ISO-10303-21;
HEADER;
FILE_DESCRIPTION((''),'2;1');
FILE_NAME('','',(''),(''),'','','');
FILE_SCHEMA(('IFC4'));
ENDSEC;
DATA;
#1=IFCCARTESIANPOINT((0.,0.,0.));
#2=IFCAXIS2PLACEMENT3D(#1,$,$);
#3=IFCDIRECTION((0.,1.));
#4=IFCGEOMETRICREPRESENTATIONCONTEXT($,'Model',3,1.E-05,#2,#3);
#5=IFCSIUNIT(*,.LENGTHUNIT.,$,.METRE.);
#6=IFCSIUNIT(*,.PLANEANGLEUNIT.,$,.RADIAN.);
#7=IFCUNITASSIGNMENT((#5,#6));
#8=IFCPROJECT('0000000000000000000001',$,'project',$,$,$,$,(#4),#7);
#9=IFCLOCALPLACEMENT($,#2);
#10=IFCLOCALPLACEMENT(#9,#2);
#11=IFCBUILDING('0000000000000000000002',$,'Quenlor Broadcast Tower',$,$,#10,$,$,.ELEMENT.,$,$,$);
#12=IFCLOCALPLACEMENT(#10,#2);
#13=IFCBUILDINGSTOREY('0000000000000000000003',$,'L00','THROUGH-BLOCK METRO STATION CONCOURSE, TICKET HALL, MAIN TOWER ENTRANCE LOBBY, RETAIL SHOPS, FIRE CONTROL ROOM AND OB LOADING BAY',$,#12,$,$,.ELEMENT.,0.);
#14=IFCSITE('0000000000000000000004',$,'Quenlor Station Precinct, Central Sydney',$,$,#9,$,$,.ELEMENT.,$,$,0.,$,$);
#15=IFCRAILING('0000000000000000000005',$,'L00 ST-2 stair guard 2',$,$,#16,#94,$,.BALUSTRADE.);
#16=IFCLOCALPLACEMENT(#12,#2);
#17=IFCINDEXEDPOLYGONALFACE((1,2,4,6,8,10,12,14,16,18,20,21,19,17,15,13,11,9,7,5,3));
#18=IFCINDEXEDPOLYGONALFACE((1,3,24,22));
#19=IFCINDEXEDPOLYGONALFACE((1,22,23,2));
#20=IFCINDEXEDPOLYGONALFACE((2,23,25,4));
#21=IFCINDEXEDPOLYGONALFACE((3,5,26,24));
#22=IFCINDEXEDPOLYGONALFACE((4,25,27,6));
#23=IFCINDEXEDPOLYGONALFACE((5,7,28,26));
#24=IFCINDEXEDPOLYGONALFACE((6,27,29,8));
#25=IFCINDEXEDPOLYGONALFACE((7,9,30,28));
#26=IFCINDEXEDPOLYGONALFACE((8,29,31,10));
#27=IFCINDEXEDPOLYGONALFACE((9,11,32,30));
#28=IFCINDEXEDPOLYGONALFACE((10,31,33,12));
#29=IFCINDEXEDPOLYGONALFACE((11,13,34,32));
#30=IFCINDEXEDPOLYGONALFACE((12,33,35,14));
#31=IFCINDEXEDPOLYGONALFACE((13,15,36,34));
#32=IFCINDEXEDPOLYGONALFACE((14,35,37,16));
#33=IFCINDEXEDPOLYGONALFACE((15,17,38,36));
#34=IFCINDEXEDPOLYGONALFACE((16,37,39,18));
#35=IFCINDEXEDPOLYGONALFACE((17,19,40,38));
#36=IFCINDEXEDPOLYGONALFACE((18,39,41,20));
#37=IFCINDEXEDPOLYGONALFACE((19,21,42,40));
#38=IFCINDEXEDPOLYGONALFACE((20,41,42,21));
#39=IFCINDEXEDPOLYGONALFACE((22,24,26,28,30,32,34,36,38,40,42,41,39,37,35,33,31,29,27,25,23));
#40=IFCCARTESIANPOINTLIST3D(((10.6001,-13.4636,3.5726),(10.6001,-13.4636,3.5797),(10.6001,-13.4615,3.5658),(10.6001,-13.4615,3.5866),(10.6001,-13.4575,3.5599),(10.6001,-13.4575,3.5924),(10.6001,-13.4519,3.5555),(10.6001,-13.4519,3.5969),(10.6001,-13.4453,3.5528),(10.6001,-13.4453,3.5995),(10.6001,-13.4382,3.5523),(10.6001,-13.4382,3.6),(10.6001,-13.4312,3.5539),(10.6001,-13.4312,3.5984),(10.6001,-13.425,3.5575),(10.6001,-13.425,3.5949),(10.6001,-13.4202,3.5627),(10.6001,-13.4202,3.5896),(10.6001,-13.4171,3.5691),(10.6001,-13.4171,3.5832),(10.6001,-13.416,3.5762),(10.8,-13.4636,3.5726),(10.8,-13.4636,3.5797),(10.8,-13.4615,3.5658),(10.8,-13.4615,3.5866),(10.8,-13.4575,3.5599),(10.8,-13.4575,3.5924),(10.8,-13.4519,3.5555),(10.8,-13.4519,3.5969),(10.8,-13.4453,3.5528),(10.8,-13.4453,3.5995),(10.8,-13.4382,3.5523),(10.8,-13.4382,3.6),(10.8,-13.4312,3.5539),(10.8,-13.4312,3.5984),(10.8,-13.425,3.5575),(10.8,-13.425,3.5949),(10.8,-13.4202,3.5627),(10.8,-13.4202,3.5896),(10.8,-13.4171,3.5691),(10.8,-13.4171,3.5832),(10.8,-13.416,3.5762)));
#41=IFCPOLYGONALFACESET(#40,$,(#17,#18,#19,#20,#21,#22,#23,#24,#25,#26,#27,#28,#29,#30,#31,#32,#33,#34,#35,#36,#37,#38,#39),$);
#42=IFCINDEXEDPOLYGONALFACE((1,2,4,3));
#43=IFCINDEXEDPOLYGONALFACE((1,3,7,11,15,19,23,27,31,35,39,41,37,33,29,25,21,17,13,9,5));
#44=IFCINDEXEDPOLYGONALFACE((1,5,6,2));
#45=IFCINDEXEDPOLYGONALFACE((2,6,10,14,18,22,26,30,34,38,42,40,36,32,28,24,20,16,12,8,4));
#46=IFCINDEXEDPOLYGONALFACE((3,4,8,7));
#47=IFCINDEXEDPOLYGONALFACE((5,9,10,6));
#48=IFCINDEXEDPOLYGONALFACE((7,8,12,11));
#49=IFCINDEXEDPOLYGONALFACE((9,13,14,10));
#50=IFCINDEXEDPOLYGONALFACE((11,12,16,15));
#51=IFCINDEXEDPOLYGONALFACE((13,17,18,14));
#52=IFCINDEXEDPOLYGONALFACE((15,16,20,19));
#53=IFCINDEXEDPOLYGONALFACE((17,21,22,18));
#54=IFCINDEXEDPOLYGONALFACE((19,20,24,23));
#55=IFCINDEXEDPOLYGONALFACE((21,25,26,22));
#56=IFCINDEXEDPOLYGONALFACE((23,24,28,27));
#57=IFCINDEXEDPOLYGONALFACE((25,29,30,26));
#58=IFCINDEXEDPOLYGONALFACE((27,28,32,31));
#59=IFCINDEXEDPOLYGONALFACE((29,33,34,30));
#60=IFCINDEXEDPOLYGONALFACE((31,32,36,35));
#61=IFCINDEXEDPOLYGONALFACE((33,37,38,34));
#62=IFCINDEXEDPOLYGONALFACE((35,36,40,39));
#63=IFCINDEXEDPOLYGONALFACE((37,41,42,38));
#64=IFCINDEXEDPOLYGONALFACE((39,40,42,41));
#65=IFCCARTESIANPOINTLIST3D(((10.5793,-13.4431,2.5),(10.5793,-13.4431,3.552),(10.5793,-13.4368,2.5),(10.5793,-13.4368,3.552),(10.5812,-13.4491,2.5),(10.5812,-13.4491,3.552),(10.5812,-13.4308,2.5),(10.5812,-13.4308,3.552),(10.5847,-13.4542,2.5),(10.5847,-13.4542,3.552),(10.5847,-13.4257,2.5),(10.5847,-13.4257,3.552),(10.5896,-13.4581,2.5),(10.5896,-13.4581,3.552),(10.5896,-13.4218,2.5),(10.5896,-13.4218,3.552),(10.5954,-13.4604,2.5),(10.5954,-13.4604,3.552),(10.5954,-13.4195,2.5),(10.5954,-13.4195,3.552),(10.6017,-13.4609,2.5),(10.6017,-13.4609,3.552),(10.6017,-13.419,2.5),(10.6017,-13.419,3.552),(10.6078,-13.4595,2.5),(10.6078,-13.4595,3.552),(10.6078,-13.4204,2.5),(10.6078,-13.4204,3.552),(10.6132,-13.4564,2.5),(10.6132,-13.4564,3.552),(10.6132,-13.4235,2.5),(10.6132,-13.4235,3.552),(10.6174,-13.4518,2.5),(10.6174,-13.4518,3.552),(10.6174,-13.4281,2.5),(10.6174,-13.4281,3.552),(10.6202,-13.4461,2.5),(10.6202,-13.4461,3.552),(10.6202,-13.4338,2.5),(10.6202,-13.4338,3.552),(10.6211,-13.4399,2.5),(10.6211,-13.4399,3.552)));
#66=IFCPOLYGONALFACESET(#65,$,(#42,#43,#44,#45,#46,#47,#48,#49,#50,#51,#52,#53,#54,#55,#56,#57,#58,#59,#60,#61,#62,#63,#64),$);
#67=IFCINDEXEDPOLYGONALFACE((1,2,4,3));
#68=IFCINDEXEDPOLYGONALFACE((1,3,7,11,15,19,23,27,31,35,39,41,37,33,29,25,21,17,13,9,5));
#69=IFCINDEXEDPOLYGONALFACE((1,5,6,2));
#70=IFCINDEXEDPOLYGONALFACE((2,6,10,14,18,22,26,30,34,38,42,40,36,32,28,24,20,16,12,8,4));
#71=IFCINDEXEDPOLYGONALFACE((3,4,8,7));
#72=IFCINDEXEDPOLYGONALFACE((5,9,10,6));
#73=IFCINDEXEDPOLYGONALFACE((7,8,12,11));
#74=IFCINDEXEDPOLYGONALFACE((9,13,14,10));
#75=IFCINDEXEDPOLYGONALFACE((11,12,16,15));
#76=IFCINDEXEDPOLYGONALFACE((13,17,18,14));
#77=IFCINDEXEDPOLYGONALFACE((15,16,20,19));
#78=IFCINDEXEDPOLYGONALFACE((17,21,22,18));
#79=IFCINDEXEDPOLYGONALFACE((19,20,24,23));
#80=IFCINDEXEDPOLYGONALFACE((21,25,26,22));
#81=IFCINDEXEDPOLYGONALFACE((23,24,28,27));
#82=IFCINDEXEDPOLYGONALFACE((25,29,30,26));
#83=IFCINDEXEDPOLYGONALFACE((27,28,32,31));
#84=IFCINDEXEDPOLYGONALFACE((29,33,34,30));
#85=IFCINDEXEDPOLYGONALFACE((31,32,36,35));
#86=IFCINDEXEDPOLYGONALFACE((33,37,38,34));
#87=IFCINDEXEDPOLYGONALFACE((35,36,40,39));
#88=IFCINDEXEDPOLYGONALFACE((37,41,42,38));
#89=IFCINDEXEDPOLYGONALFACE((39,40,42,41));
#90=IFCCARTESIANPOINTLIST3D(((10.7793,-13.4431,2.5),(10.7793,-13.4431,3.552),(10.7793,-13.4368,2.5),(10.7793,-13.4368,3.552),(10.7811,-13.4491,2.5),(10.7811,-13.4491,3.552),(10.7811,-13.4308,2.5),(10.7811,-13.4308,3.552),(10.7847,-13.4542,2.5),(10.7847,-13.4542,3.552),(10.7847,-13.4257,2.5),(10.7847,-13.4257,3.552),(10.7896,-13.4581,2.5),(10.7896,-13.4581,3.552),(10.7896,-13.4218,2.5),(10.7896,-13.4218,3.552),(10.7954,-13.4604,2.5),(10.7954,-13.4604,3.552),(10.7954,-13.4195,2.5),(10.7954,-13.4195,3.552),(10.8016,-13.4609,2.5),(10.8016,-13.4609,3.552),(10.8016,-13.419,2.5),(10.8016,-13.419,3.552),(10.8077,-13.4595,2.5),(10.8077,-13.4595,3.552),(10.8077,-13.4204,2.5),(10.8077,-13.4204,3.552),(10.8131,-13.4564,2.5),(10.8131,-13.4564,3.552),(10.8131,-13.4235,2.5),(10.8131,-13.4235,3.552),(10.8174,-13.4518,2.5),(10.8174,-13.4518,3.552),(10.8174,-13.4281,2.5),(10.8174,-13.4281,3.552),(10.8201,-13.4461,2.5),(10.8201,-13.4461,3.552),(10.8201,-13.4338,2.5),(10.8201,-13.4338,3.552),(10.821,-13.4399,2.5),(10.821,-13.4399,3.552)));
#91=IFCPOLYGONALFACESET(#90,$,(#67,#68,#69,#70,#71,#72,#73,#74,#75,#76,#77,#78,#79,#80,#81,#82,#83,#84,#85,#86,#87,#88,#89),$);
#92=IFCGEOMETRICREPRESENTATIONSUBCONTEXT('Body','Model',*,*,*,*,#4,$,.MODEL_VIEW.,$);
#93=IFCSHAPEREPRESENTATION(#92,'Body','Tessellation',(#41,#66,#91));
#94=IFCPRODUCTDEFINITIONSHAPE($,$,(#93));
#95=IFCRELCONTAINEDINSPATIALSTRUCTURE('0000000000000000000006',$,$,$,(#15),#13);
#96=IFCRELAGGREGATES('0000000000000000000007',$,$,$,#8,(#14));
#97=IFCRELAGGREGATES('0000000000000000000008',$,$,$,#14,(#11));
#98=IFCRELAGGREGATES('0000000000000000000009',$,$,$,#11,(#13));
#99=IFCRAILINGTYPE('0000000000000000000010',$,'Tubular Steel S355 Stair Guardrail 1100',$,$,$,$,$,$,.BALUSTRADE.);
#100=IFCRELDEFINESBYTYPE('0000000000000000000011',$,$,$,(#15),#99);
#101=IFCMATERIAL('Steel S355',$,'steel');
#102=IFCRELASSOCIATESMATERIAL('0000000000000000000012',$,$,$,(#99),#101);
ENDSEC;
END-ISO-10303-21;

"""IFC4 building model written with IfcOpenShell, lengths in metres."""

from ifc_helpers import new_model, si_unit, direction, frame, origin, origin_2d, place, context, subcontext, project, spatial, circle, extrude, material, type_object, element, save


model = new_model("IFC4")

# Units and contexts
model_context = context("Model", 3, precision=1e-05, world=origin(), true_north=direction((0.0, 1.0)))
body_context = subcontext(model_context, "Body", "Model", "MODEL_VIEW")
ifc_project = project(units=[si_unit("LENGTHUNIT", "METRE"), si_unit("PLANEANGLEUNIT", "RADIAN")], contexts=[model_context])

# Site, building, storey
site_placement = place(None, origin())
site = spatial("IfcSite", under=ifc_project, at=site_placement, Name="Quenlor Station Precinct, Central Sydney", CompositionType="ELEMENT", RefElevation=0.0)
building_placement = place(site_placement, origin())
building = spatial("IfcBuilding", under=site, at=building_placement, Name="Quenlor Broadcast Tower", CompositionType="ELEMENT")
storey_placement = place(building_placement, origin())
storey = spatial("IfcBuildingStorey", under=building, at=storey_placement, Name="L00", Description="THROUGH-BLOCK METRO STATION CONCOURSE, TICKET HALL, MAIN TOWER ENTRANCE LOBBY, RETAIL SHOPS, FIRE CONTROL ROOM AND OB LOADING BAY", CompositionType="ELEMENT", Elevation=0.0)

# Railing
ifc_material_1 = material(Name="Steel S355", Category="steel")
railing_type_1 = type_object("IfcRailingType", Name="Tubular Steel S355 Stair Guardrail 1100", PredefinedType="BALUSTRADE", material=ifc_material_1)
railing_1_placement = place(storey_placement, frame((10.6001, -13.4399, 2.5)))
element("IfcRailing", 1, at=railing_1_placement, inside=storey, type_object=railing_type_1, Name="L00 ST-2 stair guard 2", PredefinedType="BALUSTRADE", context=body_context, shape_type="SweptSolid", body=[
    extrude(circle(Radius=0.0239, at=origin_2d()), frame((0.0, 0.0, 1.0762), z_axis=(1.0, 0.0, 0.0), x_axis=(0.0, 1.0, 0.0)), (0.0, 0.0, 1.0), 0.2),
    extrude(circle(Radius=0.021, at=origin_2d()), origin(), (0.0, 0.0, 1.0), 1.052),
    extrude(circle(Radius=0.021, at=origin_2d()), frame((0.2, 0.0, 0.0)), (0.0, 0.0, 1.0), 1.052),
])

save(model, "model.ifc")
